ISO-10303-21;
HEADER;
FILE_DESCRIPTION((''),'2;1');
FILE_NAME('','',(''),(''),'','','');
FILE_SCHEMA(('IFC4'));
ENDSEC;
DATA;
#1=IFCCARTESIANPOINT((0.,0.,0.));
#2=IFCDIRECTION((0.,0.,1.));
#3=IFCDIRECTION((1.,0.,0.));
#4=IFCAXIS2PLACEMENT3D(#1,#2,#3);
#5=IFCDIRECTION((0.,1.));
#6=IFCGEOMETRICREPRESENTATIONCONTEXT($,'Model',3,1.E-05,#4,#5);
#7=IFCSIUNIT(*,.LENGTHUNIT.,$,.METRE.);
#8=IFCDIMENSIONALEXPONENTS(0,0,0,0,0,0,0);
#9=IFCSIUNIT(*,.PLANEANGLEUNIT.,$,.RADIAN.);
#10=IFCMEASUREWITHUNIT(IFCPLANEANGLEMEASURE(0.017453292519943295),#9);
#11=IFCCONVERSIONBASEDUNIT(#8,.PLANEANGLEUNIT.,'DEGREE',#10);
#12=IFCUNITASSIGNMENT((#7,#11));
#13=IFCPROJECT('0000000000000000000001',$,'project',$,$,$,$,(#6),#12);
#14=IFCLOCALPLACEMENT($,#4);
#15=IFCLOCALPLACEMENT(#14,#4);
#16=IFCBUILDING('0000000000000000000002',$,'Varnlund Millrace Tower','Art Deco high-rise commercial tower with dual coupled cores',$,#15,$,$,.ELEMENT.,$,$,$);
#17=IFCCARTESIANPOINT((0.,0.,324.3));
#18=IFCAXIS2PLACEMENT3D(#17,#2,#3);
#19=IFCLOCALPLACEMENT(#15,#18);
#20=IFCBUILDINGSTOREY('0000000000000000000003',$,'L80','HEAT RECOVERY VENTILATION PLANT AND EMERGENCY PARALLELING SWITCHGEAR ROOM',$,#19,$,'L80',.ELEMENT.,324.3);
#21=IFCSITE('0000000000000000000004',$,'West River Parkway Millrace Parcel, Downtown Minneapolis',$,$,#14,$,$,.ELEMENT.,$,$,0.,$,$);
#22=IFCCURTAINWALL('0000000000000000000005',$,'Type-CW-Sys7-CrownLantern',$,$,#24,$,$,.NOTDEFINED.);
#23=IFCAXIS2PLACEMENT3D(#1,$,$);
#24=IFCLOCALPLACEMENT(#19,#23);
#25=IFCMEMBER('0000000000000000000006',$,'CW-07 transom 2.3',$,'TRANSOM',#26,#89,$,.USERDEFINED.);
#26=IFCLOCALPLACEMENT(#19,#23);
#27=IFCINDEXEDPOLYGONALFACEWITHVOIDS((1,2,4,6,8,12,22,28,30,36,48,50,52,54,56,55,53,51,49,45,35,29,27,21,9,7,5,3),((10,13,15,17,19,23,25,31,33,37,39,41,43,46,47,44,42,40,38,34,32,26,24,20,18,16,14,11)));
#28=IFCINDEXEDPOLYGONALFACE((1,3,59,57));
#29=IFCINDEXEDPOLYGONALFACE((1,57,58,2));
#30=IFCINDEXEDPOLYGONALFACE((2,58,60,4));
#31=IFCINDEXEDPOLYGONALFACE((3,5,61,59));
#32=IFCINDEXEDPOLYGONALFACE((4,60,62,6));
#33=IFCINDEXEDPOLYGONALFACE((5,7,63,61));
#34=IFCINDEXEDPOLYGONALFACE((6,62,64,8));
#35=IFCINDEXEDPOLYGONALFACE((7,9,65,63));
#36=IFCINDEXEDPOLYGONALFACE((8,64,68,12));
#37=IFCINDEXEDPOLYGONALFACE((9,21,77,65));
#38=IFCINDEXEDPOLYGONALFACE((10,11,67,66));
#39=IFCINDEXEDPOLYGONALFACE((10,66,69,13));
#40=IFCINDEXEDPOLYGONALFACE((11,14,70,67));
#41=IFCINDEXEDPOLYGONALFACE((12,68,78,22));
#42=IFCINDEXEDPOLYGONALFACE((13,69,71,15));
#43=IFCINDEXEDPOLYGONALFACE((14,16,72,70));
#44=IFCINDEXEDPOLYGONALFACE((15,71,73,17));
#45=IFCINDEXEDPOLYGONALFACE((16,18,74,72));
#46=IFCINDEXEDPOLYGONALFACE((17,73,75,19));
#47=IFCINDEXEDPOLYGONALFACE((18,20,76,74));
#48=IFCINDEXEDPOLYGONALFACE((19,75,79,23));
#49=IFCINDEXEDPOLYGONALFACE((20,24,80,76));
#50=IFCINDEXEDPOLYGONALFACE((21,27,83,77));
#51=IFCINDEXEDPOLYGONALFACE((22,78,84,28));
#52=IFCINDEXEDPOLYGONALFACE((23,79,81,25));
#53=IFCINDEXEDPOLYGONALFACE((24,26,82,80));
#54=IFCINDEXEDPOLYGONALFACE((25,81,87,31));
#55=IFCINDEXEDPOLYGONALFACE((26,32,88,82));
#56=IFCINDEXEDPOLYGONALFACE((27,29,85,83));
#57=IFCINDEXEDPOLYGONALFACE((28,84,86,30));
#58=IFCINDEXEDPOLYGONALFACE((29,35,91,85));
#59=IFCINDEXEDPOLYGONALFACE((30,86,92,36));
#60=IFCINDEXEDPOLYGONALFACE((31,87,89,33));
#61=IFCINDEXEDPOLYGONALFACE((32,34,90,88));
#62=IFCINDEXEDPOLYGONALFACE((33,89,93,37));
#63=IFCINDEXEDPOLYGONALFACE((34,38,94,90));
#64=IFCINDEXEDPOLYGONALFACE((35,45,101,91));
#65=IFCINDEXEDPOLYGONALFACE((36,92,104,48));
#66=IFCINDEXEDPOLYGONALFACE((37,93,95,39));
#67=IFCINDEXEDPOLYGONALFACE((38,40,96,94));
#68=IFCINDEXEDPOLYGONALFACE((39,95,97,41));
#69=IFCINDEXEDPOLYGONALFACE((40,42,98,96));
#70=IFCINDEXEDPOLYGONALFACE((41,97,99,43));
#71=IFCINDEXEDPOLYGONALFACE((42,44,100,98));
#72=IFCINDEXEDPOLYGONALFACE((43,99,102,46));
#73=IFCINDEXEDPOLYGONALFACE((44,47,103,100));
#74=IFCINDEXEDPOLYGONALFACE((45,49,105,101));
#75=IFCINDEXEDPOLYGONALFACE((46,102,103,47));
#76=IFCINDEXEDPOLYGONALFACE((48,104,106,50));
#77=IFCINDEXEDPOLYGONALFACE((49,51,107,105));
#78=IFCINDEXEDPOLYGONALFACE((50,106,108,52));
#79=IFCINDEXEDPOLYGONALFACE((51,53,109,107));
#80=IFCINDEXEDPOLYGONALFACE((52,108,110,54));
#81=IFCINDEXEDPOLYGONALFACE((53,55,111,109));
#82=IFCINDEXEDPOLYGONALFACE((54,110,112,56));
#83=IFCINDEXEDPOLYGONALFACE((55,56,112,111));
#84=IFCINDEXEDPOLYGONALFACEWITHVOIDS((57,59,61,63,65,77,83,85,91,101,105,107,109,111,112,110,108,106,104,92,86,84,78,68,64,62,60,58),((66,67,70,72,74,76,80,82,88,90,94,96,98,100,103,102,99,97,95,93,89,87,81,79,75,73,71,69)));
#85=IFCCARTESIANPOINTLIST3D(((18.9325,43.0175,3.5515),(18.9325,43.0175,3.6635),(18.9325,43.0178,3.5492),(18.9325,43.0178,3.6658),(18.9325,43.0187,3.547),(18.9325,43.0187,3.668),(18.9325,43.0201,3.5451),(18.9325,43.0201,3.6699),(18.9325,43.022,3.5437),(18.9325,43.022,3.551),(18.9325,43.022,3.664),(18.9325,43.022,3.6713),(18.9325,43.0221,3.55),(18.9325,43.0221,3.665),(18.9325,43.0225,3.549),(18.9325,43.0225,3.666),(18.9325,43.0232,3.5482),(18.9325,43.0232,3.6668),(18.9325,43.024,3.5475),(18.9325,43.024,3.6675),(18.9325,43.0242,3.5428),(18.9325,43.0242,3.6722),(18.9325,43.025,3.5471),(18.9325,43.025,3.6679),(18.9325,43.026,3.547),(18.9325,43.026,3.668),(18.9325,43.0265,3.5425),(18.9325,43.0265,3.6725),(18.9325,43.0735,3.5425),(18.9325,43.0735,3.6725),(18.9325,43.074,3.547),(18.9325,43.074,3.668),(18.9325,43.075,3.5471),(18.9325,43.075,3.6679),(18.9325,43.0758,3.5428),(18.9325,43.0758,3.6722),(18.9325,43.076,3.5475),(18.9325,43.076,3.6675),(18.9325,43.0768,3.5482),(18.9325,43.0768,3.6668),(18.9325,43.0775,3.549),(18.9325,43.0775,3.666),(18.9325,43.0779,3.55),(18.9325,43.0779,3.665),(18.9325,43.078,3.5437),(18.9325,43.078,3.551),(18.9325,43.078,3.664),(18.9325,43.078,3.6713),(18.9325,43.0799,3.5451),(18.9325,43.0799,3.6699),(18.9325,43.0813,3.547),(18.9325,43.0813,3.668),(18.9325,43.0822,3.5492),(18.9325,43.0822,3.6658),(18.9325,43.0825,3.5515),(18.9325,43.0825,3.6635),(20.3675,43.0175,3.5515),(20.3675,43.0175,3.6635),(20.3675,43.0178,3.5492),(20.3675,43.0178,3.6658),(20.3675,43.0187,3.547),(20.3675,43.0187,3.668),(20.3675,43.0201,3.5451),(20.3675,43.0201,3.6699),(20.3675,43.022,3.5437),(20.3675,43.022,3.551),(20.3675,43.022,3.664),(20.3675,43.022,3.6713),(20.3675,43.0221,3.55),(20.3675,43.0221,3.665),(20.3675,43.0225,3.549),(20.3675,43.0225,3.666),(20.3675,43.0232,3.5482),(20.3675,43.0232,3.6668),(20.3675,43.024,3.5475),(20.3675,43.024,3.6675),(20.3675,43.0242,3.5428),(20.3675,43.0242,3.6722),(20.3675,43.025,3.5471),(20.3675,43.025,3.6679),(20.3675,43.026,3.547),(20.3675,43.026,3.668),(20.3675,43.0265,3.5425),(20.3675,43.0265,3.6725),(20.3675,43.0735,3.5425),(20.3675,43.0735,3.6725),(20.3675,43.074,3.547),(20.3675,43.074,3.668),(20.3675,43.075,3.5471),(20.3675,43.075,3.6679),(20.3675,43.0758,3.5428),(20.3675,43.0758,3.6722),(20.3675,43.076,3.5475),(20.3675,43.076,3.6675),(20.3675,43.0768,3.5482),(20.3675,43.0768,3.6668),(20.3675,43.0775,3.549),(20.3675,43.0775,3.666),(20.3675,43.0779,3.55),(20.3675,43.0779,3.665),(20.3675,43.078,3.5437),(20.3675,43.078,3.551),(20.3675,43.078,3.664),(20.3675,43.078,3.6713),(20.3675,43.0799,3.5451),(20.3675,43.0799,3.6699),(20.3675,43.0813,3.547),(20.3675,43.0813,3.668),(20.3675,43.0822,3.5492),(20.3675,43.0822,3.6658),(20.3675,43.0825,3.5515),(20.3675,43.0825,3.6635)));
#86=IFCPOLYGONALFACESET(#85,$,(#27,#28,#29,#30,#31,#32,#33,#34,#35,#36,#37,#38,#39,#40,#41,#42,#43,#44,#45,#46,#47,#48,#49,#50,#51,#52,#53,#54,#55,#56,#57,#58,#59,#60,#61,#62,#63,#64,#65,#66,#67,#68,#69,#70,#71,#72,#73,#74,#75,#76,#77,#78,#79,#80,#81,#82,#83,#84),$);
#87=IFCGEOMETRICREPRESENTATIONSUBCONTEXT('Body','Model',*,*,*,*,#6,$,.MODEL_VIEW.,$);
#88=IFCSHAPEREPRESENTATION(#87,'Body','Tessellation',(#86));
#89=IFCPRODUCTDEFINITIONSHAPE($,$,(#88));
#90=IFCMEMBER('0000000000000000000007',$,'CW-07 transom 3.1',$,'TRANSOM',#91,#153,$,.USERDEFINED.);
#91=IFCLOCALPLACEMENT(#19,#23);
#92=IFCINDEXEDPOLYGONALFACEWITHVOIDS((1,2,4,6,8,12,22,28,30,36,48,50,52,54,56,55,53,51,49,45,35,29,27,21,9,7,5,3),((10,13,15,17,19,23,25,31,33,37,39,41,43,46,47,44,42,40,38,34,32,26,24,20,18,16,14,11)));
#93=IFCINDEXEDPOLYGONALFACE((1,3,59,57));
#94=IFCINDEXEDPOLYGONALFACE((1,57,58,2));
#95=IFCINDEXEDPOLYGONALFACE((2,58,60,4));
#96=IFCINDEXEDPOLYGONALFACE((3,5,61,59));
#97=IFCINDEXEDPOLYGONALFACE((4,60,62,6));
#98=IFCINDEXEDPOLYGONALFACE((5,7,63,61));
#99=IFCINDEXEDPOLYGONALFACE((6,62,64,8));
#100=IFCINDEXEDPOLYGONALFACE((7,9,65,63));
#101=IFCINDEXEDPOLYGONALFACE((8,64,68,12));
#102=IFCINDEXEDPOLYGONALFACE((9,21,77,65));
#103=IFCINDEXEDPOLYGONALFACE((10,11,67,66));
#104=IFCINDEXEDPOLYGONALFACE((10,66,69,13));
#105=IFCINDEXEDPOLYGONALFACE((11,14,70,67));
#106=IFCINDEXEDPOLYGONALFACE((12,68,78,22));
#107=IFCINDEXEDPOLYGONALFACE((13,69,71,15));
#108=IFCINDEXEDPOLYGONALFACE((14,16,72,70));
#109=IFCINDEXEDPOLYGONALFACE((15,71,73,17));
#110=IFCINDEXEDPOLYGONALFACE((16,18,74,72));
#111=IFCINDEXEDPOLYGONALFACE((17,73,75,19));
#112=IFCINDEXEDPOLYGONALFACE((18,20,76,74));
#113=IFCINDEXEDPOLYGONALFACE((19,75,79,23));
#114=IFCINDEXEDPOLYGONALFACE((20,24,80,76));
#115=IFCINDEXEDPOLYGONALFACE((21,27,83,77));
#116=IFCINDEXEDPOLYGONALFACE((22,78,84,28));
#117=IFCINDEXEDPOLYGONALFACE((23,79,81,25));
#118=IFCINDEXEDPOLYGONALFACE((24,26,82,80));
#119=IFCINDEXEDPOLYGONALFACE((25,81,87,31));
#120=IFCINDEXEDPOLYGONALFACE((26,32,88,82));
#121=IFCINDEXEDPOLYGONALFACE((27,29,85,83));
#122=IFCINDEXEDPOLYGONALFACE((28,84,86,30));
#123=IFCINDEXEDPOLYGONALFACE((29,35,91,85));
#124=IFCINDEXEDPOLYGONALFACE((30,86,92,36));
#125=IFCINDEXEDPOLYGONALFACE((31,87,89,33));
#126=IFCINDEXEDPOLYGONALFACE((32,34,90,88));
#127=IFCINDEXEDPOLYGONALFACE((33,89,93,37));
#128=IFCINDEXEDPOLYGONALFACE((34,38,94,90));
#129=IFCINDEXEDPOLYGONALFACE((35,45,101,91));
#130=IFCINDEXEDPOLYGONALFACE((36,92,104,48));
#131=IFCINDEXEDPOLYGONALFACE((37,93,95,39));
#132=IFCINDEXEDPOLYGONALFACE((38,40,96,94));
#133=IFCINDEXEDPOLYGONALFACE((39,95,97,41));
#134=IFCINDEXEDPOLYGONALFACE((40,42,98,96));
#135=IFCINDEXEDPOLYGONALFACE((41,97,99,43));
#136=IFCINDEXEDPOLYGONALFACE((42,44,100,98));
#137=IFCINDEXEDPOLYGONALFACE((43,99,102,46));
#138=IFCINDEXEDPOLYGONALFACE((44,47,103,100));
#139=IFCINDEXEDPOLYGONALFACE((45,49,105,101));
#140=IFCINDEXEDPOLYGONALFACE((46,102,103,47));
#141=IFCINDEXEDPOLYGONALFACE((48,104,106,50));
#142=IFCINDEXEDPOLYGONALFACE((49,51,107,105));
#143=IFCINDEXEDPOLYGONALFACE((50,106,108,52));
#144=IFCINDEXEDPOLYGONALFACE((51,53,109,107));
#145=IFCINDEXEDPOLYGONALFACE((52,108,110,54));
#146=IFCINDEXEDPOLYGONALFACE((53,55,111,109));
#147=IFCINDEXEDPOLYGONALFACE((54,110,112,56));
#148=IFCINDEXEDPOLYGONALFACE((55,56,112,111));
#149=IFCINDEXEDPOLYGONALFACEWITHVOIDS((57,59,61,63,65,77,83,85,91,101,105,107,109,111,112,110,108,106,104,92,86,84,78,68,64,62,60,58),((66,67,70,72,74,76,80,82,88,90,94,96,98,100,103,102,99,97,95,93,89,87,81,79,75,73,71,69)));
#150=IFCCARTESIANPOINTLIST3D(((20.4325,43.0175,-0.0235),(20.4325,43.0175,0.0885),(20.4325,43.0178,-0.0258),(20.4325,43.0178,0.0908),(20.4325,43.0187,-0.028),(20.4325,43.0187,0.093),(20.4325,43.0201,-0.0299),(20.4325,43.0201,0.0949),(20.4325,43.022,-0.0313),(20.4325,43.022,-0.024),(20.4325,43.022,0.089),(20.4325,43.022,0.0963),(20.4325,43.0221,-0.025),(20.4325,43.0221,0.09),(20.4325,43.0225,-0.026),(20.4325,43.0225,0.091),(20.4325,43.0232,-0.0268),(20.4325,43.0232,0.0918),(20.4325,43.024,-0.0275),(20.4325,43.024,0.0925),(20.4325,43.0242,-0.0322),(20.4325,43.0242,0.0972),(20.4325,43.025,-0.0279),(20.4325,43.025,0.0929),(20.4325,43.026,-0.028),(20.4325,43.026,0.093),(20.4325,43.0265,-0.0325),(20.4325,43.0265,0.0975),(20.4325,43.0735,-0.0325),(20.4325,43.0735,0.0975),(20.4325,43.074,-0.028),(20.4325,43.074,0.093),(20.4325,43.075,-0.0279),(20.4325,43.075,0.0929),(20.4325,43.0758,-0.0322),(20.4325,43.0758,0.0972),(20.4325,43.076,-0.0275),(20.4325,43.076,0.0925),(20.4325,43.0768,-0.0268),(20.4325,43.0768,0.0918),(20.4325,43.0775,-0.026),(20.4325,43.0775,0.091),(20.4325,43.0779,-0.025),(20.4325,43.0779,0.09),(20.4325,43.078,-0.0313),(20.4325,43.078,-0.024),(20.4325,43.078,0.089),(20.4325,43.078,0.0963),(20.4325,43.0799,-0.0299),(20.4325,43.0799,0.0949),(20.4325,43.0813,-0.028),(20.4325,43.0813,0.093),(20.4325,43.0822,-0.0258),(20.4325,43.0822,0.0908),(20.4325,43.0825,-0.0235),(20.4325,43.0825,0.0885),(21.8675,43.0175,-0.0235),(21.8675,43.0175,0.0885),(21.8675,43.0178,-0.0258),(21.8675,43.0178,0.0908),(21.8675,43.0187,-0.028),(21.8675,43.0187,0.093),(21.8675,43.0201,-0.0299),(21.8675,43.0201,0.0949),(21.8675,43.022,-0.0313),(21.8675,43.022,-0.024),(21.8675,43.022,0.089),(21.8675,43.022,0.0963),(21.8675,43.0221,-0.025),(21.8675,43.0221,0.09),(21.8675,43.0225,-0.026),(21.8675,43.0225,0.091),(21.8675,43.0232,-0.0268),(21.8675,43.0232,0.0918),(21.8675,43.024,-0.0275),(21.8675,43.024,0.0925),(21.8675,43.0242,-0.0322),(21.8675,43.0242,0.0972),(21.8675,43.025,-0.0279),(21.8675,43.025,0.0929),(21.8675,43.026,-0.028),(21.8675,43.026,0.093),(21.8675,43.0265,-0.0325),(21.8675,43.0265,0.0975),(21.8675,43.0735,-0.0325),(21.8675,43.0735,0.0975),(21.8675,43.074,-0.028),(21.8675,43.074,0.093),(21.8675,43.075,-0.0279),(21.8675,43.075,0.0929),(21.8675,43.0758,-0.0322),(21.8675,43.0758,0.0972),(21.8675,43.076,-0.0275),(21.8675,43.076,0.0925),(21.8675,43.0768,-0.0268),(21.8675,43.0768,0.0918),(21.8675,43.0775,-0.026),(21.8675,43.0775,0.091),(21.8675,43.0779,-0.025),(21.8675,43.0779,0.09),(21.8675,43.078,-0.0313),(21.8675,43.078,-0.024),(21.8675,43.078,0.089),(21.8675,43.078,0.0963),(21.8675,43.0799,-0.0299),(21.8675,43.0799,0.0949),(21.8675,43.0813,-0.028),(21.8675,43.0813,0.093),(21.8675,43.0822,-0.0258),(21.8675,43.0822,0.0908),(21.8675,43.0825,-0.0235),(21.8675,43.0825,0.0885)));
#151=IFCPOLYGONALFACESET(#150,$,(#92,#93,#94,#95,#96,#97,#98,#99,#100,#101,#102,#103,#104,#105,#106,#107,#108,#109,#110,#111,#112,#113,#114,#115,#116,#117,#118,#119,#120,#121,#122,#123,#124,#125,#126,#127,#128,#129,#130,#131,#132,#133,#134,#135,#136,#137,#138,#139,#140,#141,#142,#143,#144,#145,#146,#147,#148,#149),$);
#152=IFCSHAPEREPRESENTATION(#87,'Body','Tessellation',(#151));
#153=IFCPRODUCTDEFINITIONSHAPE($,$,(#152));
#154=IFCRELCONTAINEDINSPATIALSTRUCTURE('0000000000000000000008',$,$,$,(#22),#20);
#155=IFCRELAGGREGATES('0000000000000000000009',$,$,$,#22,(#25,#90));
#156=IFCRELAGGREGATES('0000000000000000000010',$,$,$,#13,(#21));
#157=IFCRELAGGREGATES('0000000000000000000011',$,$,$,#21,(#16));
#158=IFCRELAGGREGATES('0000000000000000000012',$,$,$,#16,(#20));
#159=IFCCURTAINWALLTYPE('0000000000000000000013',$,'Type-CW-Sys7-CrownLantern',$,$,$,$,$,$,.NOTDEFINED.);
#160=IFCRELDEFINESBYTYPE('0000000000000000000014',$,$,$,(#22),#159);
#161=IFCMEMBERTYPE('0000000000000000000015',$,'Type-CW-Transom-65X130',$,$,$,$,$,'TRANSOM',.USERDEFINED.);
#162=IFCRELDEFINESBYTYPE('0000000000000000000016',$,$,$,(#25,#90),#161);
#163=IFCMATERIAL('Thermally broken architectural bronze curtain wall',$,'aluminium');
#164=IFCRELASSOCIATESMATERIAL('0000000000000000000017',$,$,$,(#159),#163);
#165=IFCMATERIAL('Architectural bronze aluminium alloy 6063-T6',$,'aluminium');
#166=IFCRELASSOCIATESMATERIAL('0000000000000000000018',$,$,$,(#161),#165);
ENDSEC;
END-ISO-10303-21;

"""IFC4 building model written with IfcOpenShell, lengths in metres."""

from ifc_helpers import new_model, entity, si_unit, converted_unit, direction, frame, origin_with_axes, origin_2d_with_axis, place, context, subcontext, project, spatial, hollow_rectangle, extrude, material, material_profile, profile_set, type_object, element, aggregate, save


model = new_model("IFC4")

# Units and contexts
model_context = context("Model", 3, precision=1e-05, world=origin_with_axes(), true_north=direction((0.0, 1.0)))
body_context = subcontext(model_context, "Body", "Model", "MODEL_VIEW")
ifc_project = project(units=[si_unit("LENGTHUNIT", "METRE"), converted_unit("PLANEANGLEUNIT", "DEGREE", entity("IfcPlaneAngleMeasure", 0.017453292519943295), si_unit("PLANEANGLEUNIT", "RADIAN"), dimensions=[0, 0, 0, 0, 0, 0, 0])], contexts=[model_context])

# Site, building, storey
site_placement = place(None, origin_with_axes())
site = spatial("IfcSite", under=ifc_project, at=site_placement, Name="West River Parkway Millrace Parcel, Downtown Minneapolis", CompositionType="ELEMENT", RefElevation=0.0)
building_placement = place(site_placement, origin_with_axes())
building = spatial("IfcBuilding", under=site, at=building_placement, Name="Varnlund Millrace Tower", Description="Art Deco high-rise commercial tower with dual coupled cores", CompositionType="ELEMENT")
storey_placement = place(building_placement, frame((0.0, 0.0, 324.3), z_axis=(0.0, 0.0, 1.0), x_axis=(1.0, 0.0, 0.0)))
storey = spatial("IfcBuildingStorey", under=building, at=storey_placement, Name="L80", Description="HEAT RECOVERY VENTILATION PLANT AND EMERGENCY PARALLELING SWITCHGEAR ROOM", LongName="L80", CompositionType="ELEMENT", Elevation=324.3)

# Curtain wall, members
ifc_material_1 = material(Name="Thermally broken architectural bronze curtain wall", Category="aluminium")
curtain_wall_type = type_object("IfcCurtainWallType", Name="Type-CW-Sys7-CrownLantern", PredefinedType="NOTDEFINED", material=ifc_material_1)
ifc_material_2 = material(Name="Architectural bronze aluminium alloy 6063-T6", Category="aluminium")
ifc_material_profile_1 = material_profile(ifc_material_2, hollow_rectangle(XDim=0.065, YDim=0.13, WallThickness=0.0045, InnerFilletRadius=0.004, OuterFilletRadius=0.009, at=origin_2d_with_axis()), Name="Architectural bronze aluminium alloy 6063-T6")
ifc_profile_set_1 = profile_set([ifc_material_profile_1], Name="Architectural bronze aluminium alloy 6063-T6")
member_type = type_object("IfcMemberType", Name="Type-CW-Transom-65X130", ElementType="TRANSOM", PredefinedType="USERDEFINED", material=ifc_profile_set_1)
curtain_wall_1_placement = place(storey_placement, frame((17.4, 43.05, 0.0), z_axis=(0.0, 0.0, 1.0), x_axis=(1.0, 0.0, 0.0)))
curtain_wall_1 = element("IfcCurtainWall", 1, at=curtain_wall_1_placement, inside=storey, type_object=curtain_wall_type, Name="Type-CW-Sys7-CrownLantern", PredefinedType="NOTDEFINED")
member_1_placement = place(storey_placement, frame((18.9325, 43.05, 3.6075), z_axis=(1.0, 0.0, 0.0), x_axis=(0.0, 1.0, 0.0)))
member_1 = element("IfcMember", 2, at=member_1_placement, type_object=member_type, Name="CW-07 transom 2.3", ObjectType="TRANSOM", PredefinedType="USERDEFINED", context=body_context, shape_type="SweptSolid", body=[
    extrude(hollow_rectangle(XDim=0.065, YDim=0.13, WallThickness=0.0045, InnerFilletRadius=0.004, OuterFilletRadius=0.009, at=origin_2d_with_axis()), origin_with_axes(), (0.0, 0.0, 1.0), 1.435),
])
member_2_placement = place(storey_placement, frame((20.4325, 43.05, 0.0325), z_axis=(1.0, 0.0, 0.0), x_axis=(0.0, 1.0, 0.0)))
member_2 = element("IfcMember", 3, at=member_2_placement, type_object=member_type, Name="CW-07 transom 3.1", ObjectType="TRANSOM", PredefinedType="USERDEFINED", context=body_context, shape_type="SweptSolid", body=[
    extrude(hollow_rectangle(XDim=0.065, YDim=0.13, WallThickness=0.0045, InnerFilletRadius=0.004, OuterFilletRadius=0.009, at=origin_2d_with_axis()), origin_with_axes(), (0.0, 0.0, 1.0), 1.435),
])

aggregate(curtain_wall_1, [member_1, member_2])

save(model, "model.ifc")
